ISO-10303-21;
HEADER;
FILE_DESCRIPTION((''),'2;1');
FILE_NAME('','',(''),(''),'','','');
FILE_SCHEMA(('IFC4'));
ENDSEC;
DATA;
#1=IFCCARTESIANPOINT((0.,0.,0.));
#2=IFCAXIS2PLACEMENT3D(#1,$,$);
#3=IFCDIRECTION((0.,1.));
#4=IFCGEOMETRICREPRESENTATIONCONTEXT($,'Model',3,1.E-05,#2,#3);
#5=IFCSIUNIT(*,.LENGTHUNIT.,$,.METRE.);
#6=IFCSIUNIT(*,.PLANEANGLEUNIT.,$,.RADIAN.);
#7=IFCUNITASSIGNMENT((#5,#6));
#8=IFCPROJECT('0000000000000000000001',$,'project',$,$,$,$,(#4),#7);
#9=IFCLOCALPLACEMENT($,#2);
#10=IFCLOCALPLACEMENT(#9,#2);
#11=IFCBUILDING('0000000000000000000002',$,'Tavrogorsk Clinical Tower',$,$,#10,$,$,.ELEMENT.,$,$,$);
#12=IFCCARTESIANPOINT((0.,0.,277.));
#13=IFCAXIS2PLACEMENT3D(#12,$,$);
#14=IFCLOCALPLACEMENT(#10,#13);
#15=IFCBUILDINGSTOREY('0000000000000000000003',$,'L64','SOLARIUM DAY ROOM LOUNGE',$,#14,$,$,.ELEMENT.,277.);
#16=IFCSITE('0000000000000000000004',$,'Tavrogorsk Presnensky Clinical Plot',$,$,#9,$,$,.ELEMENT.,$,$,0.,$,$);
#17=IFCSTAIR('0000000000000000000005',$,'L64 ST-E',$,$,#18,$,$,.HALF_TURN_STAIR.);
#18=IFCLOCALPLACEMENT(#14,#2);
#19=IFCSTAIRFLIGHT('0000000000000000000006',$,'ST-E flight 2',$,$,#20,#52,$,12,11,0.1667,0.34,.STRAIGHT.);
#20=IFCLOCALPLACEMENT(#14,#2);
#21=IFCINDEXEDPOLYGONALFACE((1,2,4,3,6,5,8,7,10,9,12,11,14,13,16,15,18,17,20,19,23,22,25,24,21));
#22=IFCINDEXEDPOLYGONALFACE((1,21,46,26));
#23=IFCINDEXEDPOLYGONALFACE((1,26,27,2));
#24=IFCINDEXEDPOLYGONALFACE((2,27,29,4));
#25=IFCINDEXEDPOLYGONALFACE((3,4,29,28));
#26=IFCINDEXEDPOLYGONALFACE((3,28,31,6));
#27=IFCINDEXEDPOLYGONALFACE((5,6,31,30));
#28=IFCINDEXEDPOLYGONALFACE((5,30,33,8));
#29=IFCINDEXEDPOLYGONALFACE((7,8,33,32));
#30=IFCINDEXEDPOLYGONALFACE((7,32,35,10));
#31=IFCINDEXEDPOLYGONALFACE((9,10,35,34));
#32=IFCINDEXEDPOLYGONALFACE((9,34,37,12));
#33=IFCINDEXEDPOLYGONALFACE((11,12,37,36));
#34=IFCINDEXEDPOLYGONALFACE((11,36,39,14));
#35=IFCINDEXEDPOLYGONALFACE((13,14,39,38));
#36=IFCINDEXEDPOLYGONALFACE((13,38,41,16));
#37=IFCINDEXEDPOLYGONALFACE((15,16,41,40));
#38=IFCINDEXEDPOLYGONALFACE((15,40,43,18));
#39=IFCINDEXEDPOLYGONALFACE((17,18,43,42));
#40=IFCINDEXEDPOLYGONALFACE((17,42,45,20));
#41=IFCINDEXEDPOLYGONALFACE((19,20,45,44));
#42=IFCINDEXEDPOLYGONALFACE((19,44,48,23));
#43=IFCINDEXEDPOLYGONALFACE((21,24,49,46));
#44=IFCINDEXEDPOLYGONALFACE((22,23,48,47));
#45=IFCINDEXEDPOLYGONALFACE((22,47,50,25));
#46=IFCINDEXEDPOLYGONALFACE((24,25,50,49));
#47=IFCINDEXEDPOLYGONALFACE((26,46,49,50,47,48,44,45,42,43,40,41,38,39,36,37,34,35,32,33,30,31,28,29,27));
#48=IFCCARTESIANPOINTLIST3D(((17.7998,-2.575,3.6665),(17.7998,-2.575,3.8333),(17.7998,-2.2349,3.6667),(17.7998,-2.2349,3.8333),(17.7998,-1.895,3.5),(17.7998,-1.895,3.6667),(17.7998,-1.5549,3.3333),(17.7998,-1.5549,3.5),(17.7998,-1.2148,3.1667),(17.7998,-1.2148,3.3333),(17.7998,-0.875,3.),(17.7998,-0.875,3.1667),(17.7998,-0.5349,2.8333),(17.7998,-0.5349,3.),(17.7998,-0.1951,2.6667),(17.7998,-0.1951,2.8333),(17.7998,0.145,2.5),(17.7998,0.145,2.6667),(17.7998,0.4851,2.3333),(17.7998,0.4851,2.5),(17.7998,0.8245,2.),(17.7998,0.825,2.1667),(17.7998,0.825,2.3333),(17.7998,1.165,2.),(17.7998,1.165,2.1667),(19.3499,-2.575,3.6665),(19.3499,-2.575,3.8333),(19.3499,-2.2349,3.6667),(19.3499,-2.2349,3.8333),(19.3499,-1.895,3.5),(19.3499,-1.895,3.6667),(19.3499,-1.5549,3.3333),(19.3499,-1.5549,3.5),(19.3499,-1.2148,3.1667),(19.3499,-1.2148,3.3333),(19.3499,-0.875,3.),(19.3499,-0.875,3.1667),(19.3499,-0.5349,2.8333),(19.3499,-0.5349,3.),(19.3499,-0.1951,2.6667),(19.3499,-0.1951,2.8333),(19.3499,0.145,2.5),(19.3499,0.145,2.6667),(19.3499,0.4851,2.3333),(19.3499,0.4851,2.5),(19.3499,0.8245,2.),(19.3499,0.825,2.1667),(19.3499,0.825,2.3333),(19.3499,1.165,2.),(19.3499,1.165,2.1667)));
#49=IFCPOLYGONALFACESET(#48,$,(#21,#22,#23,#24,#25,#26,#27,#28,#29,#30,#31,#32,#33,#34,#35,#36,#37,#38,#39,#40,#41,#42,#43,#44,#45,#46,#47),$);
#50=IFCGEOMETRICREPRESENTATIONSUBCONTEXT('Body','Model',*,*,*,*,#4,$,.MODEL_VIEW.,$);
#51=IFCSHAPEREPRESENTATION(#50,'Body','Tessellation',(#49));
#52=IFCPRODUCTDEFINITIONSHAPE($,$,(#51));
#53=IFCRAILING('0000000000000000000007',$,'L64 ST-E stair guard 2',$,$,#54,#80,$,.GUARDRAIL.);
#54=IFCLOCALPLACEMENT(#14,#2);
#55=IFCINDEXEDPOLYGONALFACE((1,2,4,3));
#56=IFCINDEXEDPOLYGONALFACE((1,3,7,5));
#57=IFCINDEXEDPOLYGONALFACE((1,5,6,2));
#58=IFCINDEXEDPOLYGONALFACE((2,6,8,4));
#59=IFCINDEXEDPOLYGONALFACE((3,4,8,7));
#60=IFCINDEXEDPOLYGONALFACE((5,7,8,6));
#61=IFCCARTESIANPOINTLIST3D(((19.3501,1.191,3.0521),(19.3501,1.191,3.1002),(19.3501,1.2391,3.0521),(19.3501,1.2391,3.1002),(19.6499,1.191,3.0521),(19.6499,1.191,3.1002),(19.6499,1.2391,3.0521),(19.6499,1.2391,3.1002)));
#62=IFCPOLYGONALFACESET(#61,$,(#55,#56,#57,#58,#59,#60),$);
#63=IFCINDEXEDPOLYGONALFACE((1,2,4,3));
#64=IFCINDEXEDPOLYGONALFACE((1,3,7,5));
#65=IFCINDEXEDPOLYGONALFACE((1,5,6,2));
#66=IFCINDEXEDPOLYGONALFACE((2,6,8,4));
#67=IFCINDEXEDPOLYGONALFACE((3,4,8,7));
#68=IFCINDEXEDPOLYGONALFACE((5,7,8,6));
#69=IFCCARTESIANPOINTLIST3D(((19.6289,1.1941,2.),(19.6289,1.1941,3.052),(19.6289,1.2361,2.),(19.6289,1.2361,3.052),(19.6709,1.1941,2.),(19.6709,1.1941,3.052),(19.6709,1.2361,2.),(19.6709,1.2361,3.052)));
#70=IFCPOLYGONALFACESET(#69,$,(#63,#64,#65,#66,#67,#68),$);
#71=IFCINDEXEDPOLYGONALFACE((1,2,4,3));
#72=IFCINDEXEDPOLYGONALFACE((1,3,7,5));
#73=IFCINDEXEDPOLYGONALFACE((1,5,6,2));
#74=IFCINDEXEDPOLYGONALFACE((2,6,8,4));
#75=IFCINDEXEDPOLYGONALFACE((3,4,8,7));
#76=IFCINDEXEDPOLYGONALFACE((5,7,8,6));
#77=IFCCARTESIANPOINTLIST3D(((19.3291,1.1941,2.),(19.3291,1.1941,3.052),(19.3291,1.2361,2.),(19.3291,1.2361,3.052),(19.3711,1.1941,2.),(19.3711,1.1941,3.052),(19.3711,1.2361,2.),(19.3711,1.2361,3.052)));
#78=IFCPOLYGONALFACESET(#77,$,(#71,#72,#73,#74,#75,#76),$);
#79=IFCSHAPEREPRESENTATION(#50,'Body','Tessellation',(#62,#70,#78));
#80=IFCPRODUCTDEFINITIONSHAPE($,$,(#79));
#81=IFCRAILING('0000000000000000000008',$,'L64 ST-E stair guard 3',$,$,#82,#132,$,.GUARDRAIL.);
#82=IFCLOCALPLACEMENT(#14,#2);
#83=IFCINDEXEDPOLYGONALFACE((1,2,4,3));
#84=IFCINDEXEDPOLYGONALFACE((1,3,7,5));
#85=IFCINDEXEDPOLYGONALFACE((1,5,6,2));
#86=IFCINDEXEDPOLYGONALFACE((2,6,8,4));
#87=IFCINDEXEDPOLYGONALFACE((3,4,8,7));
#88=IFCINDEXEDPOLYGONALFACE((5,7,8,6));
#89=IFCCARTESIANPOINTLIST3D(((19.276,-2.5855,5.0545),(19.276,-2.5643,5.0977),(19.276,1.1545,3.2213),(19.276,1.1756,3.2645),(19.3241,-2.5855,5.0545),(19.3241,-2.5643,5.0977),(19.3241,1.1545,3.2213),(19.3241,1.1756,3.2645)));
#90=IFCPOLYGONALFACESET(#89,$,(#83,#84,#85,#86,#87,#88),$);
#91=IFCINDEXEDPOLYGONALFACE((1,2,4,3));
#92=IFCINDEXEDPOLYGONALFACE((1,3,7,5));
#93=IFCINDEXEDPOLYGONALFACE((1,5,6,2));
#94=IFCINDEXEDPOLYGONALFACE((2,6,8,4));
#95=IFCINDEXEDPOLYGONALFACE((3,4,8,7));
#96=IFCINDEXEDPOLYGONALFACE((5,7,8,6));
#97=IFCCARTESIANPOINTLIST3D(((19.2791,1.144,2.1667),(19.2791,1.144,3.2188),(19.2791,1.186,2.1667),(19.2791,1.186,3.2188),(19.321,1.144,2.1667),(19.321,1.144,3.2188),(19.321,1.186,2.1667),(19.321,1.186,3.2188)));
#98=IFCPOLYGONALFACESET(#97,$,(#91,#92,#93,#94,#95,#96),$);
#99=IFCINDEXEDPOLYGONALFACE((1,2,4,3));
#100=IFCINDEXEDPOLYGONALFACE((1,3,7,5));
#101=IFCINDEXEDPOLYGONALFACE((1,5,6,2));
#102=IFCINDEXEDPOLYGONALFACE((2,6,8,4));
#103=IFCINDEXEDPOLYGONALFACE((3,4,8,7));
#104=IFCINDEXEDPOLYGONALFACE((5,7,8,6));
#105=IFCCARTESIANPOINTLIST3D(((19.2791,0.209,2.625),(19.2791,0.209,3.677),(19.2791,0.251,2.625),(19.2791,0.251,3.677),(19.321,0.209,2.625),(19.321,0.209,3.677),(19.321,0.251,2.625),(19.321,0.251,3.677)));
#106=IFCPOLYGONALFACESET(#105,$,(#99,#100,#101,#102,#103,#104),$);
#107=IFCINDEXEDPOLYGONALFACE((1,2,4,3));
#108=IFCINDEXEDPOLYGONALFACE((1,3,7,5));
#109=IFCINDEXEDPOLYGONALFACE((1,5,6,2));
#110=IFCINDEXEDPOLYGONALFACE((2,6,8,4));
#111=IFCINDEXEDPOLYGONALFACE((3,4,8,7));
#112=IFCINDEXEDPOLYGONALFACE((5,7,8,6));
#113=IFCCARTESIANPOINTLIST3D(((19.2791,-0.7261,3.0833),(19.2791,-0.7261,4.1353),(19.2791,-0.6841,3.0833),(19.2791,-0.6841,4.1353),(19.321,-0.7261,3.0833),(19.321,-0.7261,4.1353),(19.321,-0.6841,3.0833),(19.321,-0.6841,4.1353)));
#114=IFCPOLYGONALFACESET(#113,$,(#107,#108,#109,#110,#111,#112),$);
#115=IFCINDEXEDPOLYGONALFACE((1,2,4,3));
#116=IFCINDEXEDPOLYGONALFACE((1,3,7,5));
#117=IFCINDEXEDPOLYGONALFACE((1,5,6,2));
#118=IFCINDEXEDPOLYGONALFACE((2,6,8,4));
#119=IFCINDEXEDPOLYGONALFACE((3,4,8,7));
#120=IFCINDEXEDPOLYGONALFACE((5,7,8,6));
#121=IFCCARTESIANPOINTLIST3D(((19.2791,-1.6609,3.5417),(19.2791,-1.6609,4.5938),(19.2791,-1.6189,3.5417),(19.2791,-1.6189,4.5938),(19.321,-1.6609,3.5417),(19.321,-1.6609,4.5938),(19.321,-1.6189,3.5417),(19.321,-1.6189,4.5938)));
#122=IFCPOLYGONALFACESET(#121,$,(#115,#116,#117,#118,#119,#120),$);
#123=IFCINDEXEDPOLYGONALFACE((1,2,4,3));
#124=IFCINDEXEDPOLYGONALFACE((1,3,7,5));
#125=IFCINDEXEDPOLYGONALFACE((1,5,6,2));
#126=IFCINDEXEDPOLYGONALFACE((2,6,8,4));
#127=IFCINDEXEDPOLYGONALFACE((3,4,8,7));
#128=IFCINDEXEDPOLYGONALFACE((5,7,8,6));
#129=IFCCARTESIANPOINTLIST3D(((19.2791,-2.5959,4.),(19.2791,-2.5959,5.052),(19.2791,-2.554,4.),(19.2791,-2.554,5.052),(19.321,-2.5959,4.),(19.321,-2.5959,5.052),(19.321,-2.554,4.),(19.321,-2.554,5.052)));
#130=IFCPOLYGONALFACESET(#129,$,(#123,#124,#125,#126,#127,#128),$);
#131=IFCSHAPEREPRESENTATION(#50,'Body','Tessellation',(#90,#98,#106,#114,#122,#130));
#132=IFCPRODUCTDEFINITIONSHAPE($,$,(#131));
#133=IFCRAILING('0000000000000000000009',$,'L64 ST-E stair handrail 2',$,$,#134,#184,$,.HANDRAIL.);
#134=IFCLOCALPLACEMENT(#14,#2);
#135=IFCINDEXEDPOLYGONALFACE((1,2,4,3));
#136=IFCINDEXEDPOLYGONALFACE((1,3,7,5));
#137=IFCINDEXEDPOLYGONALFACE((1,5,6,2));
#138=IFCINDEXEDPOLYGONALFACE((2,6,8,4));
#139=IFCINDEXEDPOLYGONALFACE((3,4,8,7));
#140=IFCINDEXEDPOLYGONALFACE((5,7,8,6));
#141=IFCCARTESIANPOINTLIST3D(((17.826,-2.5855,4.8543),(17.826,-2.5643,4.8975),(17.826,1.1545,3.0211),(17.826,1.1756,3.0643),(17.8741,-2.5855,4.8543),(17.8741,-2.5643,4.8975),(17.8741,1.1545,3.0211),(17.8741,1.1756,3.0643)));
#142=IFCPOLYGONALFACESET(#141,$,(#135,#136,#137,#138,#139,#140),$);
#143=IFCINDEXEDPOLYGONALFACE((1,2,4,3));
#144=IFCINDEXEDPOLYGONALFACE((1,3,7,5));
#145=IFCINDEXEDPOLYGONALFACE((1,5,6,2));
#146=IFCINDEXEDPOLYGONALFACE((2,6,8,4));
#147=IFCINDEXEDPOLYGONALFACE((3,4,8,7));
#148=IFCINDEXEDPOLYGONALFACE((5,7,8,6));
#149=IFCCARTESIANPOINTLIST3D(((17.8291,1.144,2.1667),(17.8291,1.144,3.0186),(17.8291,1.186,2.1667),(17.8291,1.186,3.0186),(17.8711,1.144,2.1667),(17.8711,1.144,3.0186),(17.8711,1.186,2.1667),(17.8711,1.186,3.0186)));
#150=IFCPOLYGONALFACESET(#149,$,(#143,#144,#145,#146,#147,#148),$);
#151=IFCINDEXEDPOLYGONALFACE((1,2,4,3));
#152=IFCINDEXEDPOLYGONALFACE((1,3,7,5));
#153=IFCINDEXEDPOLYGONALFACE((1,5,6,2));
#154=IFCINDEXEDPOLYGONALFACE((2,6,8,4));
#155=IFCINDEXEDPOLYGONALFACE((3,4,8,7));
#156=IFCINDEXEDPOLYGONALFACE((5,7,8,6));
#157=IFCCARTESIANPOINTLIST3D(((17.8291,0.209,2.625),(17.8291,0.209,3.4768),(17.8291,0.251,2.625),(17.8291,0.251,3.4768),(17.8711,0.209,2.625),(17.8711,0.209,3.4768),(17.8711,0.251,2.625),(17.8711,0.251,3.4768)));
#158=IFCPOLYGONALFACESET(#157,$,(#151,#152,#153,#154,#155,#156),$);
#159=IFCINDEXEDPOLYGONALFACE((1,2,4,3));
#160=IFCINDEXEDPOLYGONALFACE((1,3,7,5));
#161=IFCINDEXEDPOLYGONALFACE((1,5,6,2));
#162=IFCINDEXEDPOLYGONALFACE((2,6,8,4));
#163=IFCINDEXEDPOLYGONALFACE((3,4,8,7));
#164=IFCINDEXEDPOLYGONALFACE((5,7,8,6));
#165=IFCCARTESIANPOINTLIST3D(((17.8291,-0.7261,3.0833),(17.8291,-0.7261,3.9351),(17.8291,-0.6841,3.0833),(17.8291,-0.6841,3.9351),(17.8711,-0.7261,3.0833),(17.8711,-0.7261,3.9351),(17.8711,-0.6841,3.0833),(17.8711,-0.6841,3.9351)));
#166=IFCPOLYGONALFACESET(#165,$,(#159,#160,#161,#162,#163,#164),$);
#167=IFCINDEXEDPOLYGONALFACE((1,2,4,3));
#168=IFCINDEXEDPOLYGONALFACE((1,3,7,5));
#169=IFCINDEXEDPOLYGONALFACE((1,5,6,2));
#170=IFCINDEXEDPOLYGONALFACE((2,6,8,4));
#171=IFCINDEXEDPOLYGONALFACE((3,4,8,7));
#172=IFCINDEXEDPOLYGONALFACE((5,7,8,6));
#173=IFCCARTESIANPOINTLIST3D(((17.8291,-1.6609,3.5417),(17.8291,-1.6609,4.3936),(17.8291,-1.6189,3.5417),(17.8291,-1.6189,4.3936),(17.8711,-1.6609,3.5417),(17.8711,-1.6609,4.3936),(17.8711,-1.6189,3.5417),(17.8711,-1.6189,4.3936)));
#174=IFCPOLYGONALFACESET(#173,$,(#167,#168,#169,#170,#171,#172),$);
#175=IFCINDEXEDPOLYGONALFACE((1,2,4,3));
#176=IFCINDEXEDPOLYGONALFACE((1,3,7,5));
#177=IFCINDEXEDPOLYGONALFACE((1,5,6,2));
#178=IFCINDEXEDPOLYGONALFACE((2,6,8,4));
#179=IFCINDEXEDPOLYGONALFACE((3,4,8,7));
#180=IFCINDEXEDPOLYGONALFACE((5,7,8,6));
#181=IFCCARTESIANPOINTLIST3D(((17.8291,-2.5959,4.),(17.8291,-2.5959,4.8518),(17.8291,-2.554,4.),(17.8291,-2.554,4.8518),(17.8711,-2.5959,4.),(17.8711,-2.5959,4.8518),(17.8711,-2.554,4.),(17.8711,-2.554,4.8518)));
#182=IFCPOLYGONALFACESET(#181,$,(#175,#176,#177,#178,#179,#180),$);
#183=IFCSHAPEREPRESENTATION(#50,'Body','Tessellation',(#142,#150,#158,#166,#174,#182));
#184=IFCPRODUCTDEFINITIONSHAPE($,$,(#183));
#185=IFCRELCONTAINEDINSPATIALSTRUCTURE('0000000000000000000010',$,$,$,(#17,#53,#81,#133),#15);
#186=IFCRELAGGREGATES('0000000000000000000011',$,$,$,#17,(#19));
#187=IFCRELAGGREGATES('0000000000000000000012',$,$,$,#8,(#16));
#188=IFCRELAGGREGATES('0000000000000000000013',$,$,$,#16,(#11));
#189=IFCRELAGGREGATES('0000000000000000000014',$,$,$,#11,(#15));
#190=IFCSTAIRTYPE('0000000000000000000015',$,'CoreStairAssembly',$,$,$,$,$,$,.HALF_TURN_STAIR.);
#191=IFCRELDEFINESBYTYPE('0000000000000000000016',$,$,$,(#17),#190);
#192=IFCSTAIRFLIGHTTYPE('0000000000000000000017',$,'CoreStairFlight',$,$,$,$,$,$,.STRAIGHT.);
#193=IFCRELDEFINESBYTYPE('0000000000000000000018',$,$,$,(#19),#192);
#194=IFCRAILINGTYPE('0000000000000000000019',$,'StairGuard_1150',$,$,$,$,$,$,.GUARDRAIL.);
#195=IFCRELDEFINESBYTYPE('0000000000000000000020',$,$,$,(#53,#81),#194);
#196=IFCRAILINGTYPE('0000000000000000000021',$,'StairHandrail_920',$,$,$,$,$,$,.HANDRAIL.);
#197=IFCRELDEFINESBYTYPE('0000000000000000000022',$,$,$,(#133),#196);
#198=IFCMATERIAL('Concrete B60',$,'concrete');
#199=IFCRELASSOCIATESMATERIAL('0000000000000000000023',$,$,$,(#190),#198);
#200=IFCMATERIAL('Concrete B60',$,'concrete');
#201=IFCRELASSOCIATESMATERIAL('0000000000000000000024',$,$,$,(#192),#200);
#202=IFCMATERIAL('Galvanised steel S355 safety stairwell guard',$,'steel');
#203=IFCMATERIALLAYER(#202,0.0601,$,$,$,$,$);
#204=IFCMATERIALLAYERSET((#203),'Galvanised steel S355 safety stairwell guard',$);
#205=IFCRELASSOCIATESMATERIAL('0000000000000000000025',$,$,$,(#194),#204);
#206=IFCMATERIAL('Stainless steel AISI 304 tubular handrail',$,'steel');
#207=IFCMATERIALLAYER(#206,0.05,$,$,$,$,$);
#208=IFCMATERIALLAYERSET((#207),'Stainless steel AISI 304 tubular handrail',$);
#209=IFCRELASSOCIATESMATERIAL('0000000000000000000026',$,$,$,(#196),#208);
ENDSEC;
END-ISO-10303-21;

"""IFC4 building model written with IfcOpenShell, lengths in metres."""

from ifc_helpers import new_model, si_unit, direction, frame, origin, origin_2d, place, context, subcontext, project, spatial, polyline, rectangle, outline, extrude, material, layer, layer_set, type_object, element, aggregate, save


model = new_model("IFC4")

# Units and contexts
model_context = context("Model", 3, precision=1e-05, world=origin(), true_north=direction((0.0, 1.0)))
body_context = subcontext(model_context, "Body", "Model", "MODEL_VIEW")
ifc_project = project(units=[si_unit("LENGTHUNIT", "METRE"), si_unit("PLANEANGLEUNIT", "RADIAN")], contexts=[model_context])

# Site, building, storey
site_placement = place(None, origin())
site = spatial("IfcSite", under=ifc_project, at=site_placement, Name="Tavrogorsk Presnensky Clinical Plot", CompositionType="ELEMENT", RefElevation=0.0)
building_placement = place(site_placement, origin())
building = spatial("IfcBuilding", under=site, at=building_placement, Name="Tavrogorsk Clinical Tower", CompositionType="ELEMENT")
storey_placement = place(building_placement, frame((0.0, 0.0, 277.0)))
storey = spatial("IfcBuildingStorey", under=building, at=storey_placement, Name="L64", Description="SOLARIUM DAY ROOM LOUNGE", CompositionType="ELEMENT", Elevation=277.0)

# Stair, stair flight
ifc_material_1 = material(Name="Concrete B60", Category="concrete")
stair_type = type_object("IfcStairType", Name="CoreStairAssembly", PredefinedType="HALF_TURN_STAIR", material=ifc_material_1)
stair_placement = place(storey_placement, origin())
stair = element("IfcStair", 1, at=stair_placement, inside=storey, type_object=stair_type, Name="L64 ST-E", PredefinedType="HALF_TURN_STAIR")
ifc_material_2 = material(Name="Concrete B60", Category="concrete")
stair_flight_type = type_object("IfcStairFlightType", Name="CoreStairFlight", PredefinedType="STRAIGHT", material=ifc_material_2)
stair_flight_placement = place(storey_placement, frame((18.575, 1.165, 2.0), z_axis=(0.0, 0.0, 1.0), x_axis=(0.0, -1.0, 0.0)))
stair_flight = element("IfcStairFlight", 2, at=stair_flight_placement, type_object=stair_flight_type, Name="ST-E flight 2", NumberOfRisers=12, NumberOfTreads=11, PredefinedType="STRAIGHT", RiserHeight=0.1667, TreadLength=0.34, context=body_context, shape_type="SweptSolid", body=[
    extrude(outline(polyline([(0.0, 0.0), (0.0, 0.1667), (0.3401, 0.1667), (0.3401, 0.3333), (0.6799, 0.3333), (0.6799, 0.5), (1.02, 0.5), (1.02, 0.6667), (1.3601, 0.6667), (1.3601, 0.8333), (1.7, 0.8333), (1.7, 1.0), (2.04, 1.0), (2.04, 1.1667), (2.3799, 1.1667), (2.3799, 1.3333), (2.72, 1.3333), (2.72, 1.5), (3.0601, 1.5), (3.0601, 1.6667), (3.3999, 1.6667), (3.3999, 1.8333), (3.74, 1.8333), (3.74, 2.0), (3.74, 1.6665), (0.3406, 0.0), (0.0, 0.0)])), frame((0.0, 0.7749, 0.0), z_axis=(0.0, -1.0, 0.0), x_axis=(1.0, 0.0, 0.0)), (0.0, 0.0, 1.0), 1.55),
])
aggregate(stair, [stair_flight])

# Railings
ifc_material_3 = material(Name="Galvanised steel S355 safety stairwell guard", Category="steel")
ifc_layer_1 = layer(ifc_material_3, 0.0601)
ifc_layer_set_1 = layer_set([ifc_layer_1], Name="Galvanised steel S355 safety stairwell guard")
railing_type_1 = type_object("IfcRailingType", Name="StairGuard_1150", PredefinedType="GUARDRAIL", material=ifc_layer_set_1)
railing_1_placement = place(storey_placement, frame((19.6499, 1.2151, 2.0)))
element("IfcRailing", 3, at=railing_1_placement, inside=storey, type_object=railing_type_1, Name="L64 ST-E stair guard 2", PredefinedType="GUARDRAIL", context=body_context, shape_type="SweptSolid", body=[
    extrude(rectangle(XDim=0.0481, YDim=0.0481, at=origin_2d()), frame((0.0, 0.0, 1.0762), z_axis=(-1.0, 0.0, 0.0), x_axis=(0.0, -1.0, 0.0)), (0.0, 0.0, 1.0), 0.2998),
    extrude(rectangle(XDim=0.042, YDim=0.042, at=origin_2d()), origin(), (0.0, 0.0, 1.0), 1.052),
    extrude(rectangle(XDim=0.042, YDim=0.042, at=origin_2d()), frame((-0.2998, 0.0, 0.0)), (0.0, 0.0, 1.0), 1.052),
])
railing_2_placement = place(storey_placement, frame((19.3, 1.165, 2.1667)))
element("IfcRailing", 4, at=railing_2_placement, inside=storey, type_object=railing_type_1, Name="L64 ST-E stair guard 3", PredefinedType="GUARDRAIL", context=body_context, shape_type="SweptSolid", body=[
    extrude(rectangle(XDim=0.0481, YDim=0.0481, at=origin_2d()), frame((0.0, 0.0, 1.0762), z_axis=(0.0, -0.897928, 0.440142), x_axis=(1.0, 0.0, 0.0)), (0.0, 0.0, 1.0), 4.165),
    extrude(rectangle(XDim=0.042, YDim=0.042, at=origin_2d()), origin(), (0.0, 0.0, 1.0), 1.052),
    extrude(rectangle(XDim=0.042, YDim=0.042, at=origin_2d()), frame((0.0, -0.9351, 0.4583)), (0.0, 0.0, 1.0), 1.052),
    extrude(rectangle(XDim=0.042, YDim=0.042, at=origin_2d()), frame((0.0, -1.8701, 0.9165)), (0.0, 0.0, 1.0), 1.052),
    extrude(rectangle(XDim=0.042, YDim=0.042, at=origin_2d()), frame((0.0, -2.8049, 1.375)), (0.0, 0.0, 1.0), 1.052),
    extrude(rectangle(XDim=0.042, YDim=0.042, at=origin_2d()), frame((0.0, -3.74, 1.8333)), (0.0, 0.0, 1.0), 1.052),
])
ifc_material_4 = material(Name="Stainless steel AISI 304 tubular handrail", Category="steel")
ifc_layer_2 = layer(ifc_material_4, 0.05)
ifc_layer_set_2 = layer_set([ifc_layer_2], Name="Stainless steel AISI 304 tubular handrail")
railing_type_2 = type_object("IfcRailingType", Name="StairHandrail_920", PredefinedType="HANDRAIL", material=ifc_layer_set_2)
railing_3_placement = place(storey_placement, frame((17.8501, 1.165, 2.1667)))
element("IfcRailing", 5, at=railing_3_placement, inside=storey, type_object=railing_type_2, Name="L64 ST-E stair handrail 2", PredefinedType="HANDRAIL", context=body_context, shape_type="SweptSolid", body=[
    extrude(rectangle(XDim=0.0481, YDim=0.0481, at=origin_2d()), frame((0.0, 0.0, 0.876), z_axis=(0.0, -0.897928, 0.440142), x_axis=(1.0, 0.0, 0.0)), (0.0, 0.0, 1.0), 4.165),
    extrude(rectangle(XDim=0.042, YDim=0.042, at=origin_2d()), origin(), (0.0, 0.0, 1.0), 0.8518),
    extrude(rectangle(XDim=0.042, YDim=0.042, at=origin_2d()), frame((0.0, -0.9351, 0.4583)), (0.0, 0.0, 1.0), 0.8518),
    extrude(rectangle(XDim=0.042, YDim=0.042, at=origin_2d()), frame((0.0, -1.8701, 0.9165)), (0.0, 0.0, 1.0), 0.8518),
    extrude(rectangle(XDim=0.042, YDim=0.042, at=origin_2d()), frame((0.0, -2.8049, 1.375)), (0.0, 0.0, 1.0), 0.8518),
    extrude(rectangle(XDim=0.042, YDim=0.042, at=origin_2d()), frame((0.0, -3.74, 1.8333)), (0.0, 0.0, 1.0), 0.8518),
])

save(model, "model.ifc")
